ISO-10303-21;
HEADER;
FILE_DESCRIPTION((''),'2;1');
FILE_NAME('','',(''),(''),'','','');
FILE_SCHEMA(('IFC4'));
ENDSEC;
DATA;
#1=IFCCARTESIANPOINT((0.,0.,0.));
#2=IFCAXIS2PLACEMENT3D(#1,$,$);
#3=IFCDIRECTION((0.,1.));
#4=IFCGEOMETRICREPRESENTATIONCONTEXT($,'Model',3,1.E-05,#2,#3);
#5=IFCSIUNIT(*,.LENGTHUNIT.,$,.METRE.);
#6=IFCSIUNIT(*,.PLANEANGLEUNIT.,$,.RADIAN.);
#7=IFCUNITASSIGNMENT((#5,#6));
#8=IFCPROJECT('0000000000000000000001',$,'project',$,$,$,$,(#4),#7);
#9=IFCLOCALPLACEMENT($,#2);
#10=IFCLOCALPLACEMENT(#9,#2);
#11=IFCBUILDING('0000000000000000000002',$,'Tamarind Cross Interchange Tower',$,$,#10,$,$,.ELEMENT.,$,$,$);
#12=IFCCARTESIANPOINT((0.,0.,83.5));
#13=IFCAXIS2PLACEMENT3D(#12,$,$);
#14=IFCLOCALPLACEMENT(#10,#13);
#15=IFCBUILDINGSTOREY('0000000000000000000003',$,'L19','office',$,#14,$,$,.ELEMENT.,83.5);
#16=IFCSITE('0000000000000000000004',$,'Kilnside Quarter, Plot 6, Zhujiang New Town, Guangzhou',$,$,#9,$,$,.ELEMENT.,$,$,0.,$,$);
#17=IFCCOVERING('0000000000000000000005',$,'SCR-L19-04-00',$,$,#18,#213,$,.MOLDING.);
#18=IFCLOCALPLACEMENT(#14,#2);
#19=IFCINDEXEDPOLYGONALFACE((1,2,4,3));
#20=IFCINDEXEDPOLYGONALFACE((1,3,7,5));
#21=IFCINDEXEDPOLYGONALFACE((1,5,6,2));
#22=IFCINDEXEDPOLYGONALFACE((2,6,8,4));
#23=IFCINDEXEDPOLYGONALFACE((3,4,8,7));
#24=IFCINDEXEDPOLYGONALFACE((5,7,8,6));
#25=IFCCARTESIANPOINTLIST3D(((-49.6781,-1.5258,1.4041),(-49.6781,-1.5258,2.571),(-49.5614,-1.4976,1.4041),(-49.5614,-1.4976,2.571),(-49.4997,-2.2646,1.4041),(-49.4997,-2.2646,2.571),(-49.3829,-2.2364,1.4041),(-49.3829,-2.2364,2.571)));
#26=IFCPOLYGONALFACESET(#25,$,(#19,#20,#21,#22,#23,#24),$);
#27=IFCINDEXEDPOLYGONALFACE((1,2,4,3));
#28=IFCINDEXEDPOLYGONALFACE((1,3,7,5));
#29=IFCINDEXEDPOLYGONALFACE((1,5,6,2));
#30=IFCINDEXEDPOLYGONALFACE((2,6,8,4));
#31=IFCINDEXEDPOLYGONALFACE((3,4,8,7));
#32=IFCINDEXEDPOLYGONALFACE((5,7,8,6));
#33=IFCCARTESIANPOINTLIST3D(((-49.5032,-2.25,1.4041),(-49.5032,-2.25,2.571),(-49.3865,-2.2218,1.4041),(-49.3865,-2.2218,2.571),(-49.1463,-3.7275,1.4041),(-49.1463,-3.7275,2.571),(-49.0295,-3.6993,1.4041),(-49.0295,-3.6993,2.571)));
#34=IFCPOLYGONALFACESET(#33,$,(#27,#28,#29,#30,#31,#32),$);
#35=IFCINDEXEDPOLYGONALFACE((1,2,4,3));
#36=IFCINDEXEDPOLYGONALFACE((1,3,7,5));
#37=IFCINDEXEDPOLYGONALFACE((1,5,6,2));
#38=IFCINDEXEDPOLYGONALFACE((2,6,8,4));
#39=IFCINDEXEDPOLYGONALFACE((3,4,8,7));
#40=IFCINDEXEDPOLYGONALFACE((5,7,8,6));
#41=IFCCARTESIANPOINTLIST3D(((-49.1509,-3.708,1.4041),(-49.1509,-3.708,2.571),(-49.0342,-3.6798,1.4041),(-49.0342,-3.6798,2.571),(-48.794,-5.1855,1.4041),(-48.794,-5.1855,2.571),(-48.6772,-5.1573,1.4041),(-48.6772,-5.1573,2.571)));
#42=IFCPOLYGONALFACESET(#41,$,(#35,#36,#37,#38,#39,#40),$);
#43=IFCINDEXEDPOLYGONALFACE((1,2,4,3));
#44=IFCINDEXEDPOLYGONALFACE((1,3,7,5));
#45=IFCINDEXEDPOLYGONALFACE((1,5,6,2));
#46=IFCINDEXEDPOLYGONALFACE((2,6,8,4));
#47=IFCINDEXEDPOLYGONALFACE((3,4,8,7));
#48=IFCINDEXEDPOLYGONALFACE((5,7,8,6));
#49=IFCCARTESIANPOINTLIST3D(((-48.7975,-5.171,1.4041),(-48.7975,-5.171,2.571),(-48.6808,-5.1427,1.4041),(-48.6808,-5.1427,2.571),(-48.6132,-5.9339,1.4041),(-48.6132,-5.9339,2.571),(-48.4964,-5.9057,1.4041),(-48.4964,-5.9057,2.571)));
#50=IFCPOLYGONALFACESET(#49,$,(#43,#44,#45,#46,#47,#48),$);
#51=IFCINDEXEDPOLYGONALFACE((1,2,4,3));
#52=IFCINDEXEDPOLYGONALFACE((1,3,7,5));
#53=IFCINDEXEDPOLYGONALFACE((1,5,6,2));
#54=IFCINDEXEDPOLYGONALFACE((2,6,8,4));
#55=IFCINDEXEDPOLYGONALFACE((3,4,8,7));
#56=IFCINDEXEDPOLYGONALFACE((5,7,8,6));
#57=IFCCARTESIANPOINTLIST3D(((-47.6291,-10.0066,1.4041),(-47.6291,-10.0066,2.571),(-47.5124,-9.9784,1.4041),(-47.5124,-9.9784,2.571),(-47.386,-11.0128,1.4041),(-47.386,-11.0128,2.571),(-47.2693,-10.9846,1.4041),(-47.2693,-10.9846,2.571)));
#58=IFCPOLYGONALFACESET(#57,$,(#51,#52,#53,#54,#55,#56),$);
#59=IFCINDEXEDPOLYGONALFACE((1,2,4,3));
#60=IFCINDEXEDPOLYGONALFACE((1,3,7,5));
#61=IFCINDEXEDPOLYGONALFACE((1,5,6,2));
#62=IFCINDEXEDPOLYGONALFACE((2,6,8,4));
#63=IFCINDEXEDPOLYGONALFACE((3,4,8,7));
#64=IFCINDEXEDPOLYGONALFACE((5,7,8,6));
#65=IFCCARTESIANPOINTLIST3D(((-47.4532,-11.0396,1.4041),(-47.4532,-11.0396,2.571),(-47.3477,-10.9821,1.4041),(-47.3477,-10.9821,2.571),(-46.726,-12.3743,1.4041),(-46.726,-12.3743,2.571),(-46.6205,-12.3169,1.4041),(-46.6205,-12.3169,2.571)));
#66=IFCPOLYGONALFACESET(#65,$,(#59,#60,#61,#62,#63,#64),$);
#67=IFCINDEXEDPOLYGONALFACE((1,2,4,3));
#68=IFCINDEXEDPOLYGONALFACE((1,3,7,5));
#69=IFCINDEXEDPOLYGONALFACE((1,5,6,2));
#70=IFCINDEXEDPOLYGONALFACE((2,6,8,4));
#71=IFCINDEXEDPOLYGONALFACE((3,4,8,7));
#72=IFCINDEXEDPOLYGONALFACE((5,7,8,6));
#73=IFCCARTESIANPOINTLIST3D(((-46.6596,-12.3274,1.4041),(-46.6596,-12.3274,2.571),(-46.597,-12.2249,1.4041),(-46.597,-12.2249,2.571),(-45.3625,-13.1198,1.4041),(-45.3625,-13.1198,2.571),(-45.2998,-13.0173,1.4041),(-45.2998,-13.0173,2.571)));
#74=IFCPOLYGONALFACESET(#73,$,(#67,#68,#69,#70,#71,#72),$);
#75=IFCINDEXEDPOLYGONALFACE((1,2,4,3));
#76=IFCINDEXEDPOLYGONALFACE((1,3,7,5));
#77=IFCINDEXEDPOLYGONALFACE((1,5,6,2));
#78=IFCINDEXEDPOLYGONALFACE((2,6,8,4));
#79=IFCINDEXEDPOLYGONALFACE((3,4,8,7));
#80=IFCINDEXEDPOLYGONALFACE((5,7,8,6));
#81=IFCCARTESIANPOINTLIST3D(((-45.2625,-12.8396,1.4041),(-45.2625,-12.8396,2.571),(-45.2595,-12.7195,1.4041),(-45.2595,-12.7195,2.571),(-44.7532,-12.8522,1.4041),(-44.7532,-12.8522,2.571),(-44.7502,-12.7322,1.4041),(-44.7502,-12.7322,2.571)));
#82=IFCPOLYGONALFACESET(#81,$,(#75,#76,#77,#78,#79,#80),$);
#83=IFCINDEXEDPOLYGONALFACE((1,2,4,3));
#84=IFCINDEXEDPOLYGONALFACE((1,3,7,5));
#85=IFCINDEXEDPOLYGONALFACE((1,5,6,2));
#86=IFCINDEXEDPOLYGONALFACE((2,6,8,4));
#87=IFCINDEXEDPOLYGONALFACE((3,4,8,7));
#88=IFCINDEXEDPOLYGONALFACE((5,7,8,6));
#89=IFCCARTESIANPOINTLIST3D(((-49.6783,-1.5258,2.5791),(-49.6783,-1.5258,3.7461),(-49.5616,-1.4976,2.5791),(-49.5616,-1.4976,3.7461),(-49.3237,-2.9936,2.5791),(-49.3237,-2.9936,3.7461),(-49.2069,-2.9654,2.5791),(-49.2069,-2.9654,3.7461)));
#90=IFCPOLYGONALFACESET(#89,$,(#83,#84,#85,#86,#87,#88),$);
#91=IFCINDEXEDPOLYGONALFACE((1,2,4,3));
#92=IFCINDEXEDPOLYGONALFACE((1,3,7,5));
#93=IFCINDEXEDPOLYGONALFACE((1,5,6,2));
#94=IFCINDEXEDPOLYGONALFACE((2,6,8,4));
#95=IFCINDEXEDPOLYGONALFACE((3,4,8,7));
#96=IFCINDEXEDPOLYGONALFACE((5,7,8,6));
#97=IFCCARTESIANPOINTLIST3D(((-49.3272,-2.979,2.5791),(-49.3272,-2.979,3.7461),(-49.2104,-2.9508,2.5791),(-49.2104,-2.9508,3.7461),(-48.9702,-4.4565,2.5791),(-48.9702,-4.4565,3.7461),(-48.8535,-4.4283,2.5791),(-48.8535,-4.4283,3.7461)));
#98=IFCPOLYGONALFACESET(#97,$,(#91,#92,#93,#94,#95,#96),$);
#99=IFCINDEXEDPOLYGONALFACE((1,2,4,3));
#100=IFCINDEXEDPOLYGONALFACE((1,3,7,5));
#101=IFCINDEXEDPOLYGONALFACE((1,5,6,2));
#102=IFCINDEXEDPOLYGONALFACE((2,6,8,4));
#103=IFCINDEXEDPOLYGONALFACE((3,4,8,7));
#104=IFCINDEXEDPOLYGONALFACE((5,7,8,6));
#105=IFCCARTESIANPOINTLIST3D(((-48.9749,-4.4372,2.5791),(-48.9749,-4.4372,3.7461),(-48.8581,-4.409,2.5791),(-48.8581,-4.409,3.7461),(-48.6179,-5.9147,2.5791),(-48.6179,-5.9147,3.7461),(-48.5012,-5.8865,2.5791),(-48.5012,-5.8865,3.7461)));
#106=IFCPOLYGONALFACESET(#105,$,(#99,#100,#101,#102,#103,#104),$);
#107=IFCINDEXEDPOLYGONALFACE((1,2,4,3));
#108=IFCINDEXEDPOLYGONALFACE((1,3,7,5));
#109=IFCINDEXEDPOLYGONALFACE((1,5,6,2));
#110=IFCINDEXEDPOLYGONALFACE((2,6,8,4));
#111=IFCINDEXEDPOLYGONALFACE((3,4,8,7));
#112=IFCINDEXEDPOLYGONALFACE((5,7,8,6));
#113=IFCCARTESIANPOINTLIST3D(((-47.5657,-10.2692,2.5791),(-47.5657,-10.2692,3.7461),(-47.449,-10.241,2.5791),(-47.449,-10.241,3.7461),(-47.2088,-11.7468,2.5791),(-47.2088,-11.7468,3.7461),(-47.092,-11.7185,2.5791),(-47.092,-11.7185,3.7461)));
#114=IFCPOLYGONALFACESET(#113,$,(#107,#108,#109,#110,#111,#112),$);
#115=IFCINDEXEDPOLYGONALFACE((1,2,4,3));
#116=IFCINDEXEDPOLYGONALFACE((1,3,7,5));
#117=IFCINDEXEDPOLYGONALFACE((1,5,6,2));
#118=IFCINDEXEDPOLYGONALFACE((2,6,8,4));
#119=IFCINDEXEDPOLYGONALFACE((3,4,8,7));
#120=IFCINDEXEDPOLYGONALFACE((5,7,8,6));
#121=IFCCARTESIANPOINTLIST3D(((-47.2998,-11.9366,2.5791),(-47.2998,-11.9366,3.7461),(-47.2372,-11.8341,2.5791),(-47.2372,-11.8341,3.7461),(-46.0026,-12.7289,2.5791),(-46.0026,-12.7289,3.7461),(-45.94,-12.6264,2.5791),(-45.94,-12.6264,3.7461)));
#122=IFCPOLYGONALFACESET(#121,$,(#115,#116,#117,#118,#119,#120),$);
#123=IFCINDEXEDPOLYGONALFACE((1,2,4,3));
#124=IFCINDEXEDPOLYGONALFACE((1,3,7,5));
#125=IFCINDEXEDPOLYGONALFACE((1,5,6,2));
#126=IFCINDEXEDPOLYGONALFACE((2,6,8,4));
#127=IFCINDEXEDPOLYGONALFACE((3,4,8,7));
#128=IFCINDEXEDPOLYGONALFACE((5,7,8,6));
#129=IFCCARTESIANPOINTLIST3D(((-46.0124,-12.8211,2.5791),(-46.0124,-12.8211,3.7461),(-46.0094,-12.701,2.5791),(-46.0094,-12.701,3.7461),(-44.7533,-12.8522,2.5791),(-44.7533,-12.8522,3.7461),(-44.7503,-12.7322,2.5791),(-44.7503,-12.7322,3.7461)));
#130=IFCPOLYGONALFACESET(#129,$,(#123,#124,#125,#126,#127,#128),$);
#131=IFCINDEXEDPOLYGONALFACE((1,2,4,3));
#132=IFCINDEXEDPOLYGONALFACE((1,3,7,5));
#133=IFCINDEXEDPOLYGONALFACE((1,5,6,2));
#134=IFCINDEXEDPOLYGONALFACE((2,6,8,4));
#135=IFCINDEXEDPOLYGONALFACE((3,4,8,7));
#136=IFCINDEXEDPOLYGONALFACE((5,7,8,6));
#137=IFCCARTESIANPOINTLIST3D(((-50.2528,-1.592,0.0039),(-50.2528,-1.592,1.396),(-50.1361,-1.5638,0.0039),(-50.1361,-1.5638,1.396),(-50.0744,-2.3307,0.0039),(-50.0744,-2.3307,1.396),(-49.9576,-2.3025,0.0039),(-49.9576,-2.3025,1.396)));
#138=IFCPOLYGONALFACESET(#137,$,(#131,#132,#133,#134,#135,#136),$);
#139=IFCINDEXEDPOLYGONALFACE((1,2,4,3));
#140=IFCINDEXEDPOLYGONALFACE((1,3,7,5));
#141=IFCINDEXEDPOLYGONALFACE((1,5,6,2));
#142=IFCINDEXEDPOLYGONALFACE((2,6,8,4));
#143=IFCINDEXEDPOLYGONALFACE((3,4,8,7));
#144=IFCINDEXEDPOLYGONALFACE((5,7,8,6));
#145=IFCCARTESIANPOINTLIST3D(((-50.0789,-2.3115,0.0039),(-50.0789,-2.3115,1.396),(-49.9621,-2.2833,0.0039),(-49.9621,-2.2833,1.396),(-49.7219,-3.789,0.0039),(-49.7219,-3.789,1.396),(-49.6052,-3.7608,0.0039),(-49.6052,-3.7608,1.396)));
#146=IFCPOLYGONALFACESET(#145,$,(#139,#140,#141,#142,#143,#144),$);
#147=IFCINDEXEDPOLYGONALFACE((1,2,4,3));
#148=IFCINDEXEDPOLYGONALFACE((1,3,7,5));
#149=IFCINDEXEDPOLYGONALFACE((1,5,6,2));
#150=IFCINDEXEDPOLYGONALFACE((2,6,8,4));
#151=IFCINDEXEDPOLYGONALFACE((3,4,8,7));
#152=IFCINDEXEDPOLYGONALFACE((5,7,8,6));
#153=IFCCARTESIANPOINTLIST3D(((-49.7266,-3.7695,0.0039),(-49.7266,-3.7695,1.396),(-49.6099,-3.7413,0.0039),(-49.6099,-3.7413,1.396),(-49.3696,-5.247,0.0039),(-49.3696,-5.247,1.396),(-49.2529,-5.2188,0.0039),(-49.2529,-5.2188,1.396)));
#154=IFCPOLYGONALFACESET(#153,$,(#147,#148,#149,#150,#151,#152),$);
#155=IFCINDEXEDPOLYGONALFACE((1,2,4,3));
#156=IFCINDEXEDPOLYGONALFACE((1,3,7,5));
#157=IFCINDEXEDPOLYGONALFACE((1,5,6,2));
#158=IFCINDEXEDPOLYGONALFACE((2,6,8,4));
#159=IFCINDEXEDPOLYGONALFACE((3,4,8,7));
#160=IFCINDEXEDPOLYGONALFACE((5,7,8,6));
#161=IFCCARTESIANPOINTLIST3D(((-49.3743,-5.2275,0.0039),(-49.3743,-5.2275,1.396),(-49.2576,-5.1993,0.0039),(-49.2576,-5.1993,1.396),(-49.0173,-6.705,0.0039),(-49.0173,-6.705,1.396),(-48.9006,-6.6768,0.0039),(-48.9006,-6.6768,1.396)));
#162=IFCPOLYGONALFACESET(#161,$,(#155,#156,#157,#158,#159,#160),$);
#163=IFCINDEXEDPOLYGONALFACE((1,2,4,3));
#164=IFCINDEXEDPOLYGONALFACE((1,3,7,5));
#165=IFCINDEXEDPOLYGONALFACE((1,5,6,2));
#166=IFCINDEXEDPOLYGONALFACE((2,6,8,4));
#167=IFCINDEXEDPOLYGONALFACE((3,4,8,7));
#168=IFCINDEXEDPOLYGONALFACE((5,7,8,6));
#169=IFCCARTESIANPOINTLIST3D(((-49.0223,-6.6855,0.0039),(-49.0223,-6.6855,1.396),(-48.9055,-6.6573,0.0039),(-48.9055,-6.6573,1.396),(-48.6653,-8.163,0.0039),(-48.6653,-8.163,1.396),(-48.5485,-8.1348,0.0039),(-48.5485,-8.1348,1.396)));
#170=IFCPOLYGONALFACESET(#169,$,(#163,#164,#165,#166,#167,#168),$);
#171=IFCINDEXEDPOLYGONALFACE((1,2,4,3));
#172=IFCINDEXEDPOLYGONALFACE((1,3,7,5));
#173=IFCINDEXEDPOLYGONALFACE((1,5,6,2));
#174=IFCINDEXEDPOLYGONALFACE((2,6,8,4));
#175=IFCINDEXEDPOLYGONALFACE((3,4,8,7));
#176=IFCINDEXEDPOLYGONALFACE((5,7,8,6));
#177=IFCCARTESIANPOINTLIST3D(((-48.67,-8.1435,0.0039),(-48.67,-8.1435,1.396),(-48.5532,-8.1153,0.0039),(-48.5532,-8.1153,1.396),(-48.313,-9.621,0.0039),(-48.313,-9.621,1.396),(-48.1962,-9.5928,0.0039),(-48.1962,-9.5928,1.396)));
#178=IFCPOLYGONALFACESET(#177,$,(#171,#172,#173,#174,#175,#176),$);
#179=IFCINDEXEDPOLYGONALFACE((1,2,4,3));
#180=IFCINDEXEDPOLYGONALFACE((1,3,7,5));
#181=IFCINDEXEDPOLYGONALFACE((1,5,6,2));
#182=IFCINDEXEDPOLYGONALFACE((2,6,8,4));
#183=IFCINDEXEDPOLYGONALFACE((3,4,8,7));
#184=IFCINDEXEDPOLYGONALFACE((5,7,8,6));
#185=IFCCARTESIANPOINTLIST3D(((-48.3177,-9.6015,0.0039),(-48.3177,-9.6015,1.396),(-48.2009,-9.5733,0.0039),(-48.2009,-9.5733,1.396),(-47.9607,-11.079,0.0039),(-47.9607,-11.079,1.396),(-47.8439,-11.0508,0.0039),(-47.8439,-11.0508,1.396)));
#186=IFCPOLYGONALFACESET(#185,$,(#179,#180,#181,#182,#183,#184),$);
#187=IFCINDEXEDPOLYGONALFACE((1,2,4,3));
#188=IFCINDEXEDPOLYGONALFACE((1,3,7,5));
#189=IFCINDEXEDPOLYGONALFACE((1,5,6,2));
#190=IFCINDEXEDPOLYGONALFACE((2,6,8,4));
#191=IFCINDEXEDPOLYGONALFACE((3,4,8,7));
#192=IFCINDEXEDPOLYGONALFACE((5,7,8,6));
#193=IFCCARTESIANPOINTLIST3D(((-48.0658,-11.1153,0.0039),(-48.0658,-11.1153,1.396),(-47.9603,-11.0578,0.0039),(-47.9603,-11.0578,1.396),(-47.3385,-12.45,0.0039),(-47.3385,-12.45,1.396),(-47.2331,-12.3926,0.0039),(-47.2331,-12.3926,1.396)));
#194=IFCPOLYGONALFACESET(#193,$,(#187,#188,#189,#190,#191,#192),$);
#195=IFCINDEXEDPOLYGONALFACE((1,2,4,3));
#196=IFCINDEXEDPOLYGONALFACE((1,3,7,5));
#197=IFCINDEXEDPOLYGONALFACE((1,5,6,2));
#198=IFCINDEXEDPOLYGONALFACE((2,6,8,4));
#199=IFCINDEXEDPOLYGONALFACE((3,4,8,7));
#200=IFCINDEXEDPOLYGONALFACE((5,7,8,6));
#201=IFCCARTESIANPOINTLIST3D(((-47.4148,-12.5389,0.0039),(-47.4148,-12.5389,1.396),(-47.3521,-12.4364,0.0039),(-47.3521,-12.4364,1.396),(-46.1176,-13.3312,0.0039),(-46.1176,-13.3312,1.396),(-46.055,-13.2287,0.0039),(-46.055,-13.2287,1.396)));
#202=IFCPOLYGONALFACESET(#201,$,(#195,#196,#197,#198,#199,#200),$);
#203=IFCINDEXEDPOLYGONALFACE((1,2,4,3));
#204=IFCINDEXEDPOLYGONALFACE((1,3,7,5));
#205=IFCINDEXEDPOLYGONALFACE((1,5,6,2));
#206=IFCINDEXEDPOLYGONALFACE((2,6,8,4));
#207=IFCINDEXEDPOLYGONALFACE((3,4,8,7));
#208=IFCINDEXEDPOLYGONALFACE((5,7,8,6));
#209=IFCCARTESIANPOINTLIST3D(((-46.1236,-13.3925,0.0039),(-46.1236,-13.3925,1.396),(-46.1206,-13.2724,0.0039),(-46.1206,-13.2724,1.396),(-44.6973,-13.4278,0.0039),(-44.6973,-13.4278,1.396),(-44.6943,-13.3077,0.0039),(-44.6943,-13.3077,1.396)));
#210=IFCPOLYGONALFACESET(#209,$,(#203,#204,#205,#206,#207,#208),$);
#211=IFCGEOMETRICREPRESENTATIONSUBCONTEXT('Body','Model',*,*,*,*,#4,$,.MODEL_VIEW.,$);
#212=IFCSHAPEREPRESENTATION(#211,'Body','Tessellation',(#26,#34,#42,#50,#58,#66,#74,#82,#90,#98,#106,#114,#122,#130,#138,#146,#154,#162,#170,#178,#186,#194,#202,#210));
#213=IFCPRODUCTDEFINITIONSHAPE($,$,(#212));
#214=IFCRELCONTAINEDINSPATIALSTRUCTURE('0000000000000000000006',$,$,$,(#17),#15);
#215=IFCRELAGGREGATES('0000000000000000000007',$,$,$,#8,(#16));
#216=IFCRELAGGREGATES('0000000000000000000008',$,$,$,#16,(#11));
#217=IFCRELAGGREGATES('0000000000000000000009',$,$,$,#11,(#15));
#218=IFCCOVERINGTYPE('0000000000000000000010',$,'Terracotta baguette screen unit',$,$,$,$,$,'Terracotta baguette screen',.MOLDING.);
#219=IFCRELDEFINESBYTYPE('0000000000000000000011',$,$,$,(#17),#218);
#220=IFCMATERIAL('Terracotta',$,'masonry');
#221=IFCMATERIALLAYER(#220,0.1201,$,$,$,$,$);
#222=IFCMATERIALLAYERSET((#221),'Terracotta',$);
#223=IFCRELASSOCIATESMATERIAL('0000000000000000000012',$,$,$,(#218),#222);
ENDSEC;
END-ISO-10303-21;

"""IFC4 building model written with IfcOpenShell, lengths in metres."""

from ifc_helpers import new_model, si_unit, direction, frame, origin, origin_2d, place, context, subcontext, project, spatial, rectangle, extrude, material, layer, layer_set, type_object, element, save


model = new_model("IFC4")

# Units and contexts
model_context = context("Model", 3, precision=1e-05, world=origin(), true_north=direction((0.0, 1.0)))
body_context = subcontext(model_context, "Body", "Model", "MODEL_VIEW")
ifc_project = project(units=[si_unit("LENGTHUNIT", "METRE"), si_unit("PLANEANGLEUNIT", "RADIAN")], contexts=[model_context])

# Site, building, storey
site_placement = place(None, origin())
site = spatial("IfcSite", under=ifc_project, at=site_placement, Name="Kilnside Quarter, Plot 6, Zhujiang New Town, Guangzhou", CompositionType="ELEMENT", RefElevation=0.0)
building_placement = place(site_placement, origin())
building = spatial("IfcBuilding", under=site, at=building_placement, Name="Tamarind Cross Interchange Tower", CompositionType="ELEMENT")
storey_placement = place(building_placement, frame((0.0, 0.0, 83.5)))
storey = spatial("IfcBuildingStorey", under=building, at=storey_placement, Name="L19", Description="office", CompositionType="ELEMENT", Elevation=83.5)

# Covering
ifc_material_1 = material(Name="Terracotta", Category="masonry")
ifc_layer_1 = layer(ifc_material_1, 0.1201)
ifc_layer_set_1 = layer_set([ifc_layer_1], Name="Terracotta")
covering_type = type_object("IfcCoveringType", Name="Terracotta baguette screen unit", ElementType="Terracotta baguette screen", PredefinedType="MOLDING", material=ifc_layer_set_1)
covering_1_placement = place(storey_placement, origin())
element("IfcCovering", 1, at=covering_1_placement, inside=storey, type_object=covering_type, Name="SCR-L19-04-00", PredefinedType="MOLDING", context=body_context, shape_type="SweptSolid", body=[
    extrude(rectangle(XDim=0.76, YDim=0.1201, at=origin_2d()), frame((-49.5305, -1.8811, 1.4041), z_axis=(0.0, 0.0, 1.0), x_axis=(0.234844, -0.972033, 0.0)), (0.0, 0.0, 1.0), 1.167),
    extrude(rectangle(XDim=1.52, YDim=0.1201, at=origin_2d()), frame((-49.2664, -2.9746, 1.4041), z_axis=(0.0, 0.0, 1.0), x_axis=(0.234844, -0.972033, 0.0)), (0.0, 0.0, 1.0), 1.167),
    extrude(rectangle(XDim=1.52, YDim=0.1201, at=origin_2d()), frame((-48.9141, -4.4326, 1.4041), z_axis=(0.0, 0.0, 1.0), x_axis=(0.234844, -0.972033, 0.0)), (0.0, 0.0, 1.0), 1.167),
    extrude(rectangle(XDim=0.7849, YDim=0.1201, at=origin_2d()), frame((-48.647, -5.5383, 1.4041), z_axis=(0.0, 0.0, 1.0), x_axis=(0.234844, -0.972033, 0.0)), (0.0, 0.0, 1.0), 1.167),
    extrude(rectangle(XDim=1.0352, YDim=0.1201, at=origin_2d()), frame((-47.4492, -10.4956, 1.4041), z_axis=(0.0, 0.0, 1.0), x_axis=(0.234844, -0.972033, 0.0)), (0.0, 0.0, 1.0), 1.167),
    extrude(rectangle(XDim=1.52, YDim=0.1201, at=origin_2d()), frame((-47.0369, -11.6782, 1.4041), z_axis=(0.0, 0.0, 1.0), x_axis=(0.478422, -0.87813, 0.0)), (0.0, 0.0, 1.0), 1.167),
    extrude(rectangle(XDim=1.52, YDim=0.1201, at=origin_2d()), frame((-45.9797, -12.6724, 1.4041), z_axis=(0.0, 0.0, 1.0), x_axis=(0.853391, -0.521272, 0.0)), (0.0, 0.0, 1.0), 1.167),
    extrude(rectangle(XDim=0.5095, YDim=0.1201, at=origin_2d()), frame((-45.0063, -12.7859, 1.4041), z_axis=(0.0, 0.0, 1.0), x_axis=(0.999694, -0.024739, 0.0)), (0.0, 0.0, 1.0), 1.167),
    extrude(rectangle(XDim=1.51, YDim=0.1201, at=origin_2d()), frame((-49.4426, -2.2456, 2.5791), z_axis=(0.0, 0.0, 1.0), x_axis=(0.234844, -0.972033, 0.0)), (0.0, 0.0, 1.0), 1.167),
    extrude(rectangle(XDim=1.52, YDim=0.1201, at=origin_2d()), frame((-49.0903, -3.7036, 2.5791), z_axis=(0.0, 0.0, 1.0), x_axis=(0.234844, -0.972033, 0.0)), (0.0, 0.0, 1.0), 1.167),
    extrude(rectangle(XDim=1.52, YDim=0.1201, at=origin_2d()), frame((-48.738, -5.1619, 2.5791), z_axis=(0.0, 0.0, 1.0), x_axis=(0.234844, -0.972033, 0.0)), (0.0, 0.0, 1.0), 1.167),
    extrude(rectangle(XDim=1.52, YDim=0.1201, at=origin_2d()), frame((-47.3289, -10.9939, 2.5791), z_axis=(0.0, 0.0, 1.0), x_axis=(0.234844, -0.972033, 0.0)), (0.0, 0.0, 1.0), 1.167),
    extrude(rectangle(XDim=1.52, YDim=0.1201, at=origin_2d()), frame((-46.6199, -12.2815, 2.5791), z_axis=(0.0, 0.0, 1.0), x_axis=(0.853391, -0.521272, 0.0)), (0.0, 0.0, 1.0), 1.167),
    extrude(rectangle(XDim=1.2595, YDim=0.1201, at=origin_2d()), frame((-45.3813, -12.7766, 2.5791), z_axis=(0.0, 0.0, 1.0), x_axis=(0.999694, -0.024739, 0.0)), (0.0, 0.0, 1.0), 1.167),
    extrude(rectangle(XDim=0.76, YDim=0.1201, at=origin_2d()), frame((-50.1052, -1.9473, 0.0039), z_axis=(0.0, 0.0, 1.0), x_axis=(0.234844, -0.972033, 0.0)), (0.0, 0.0, 1.0), 1.3921),
    extrude(rectangle(XDim=1.52, YDim=0.1201, at=origin_2d()), frame((-49.842, -3.0361, 0.0039), z_axis=(0.0, 0.0, 1.0), x_axis=(0.234844, -0.972033, 0.0)), (0.0, 0.0, 1.0), 1.3921),
    extrude(rectangle(XDim=1.52, YDim=0.1201, at=origin_2d()), frame((-49.4897, -4.4941, 0.0039), z_axis=(0.0, 0.0, 1.0), x_axis=(0.234844, -0.972033, 0.0)), (0.0, 0.0, 1.0), 1.3921),
    extrude(rectangle(XDim=1.52, YDim=0.1201, at=origin_2d()), frame((-49.1375, -5.9521, 0.0039), z_axis=(0.0, 0.0, 1.0), x_axis=(0.234844, -0.972033, 0.0)), (0.0, 0.0, 1.0), 1.3921),
    extrude(rectangle(XDim=1.52, YDim=0.1201, at=origin_2d()), frame((-48.7854, -7.4102, 0.0039), z_axis=(0.0, 0.0, 1.0), x_axis=(0.234844, -0.972033, 0.0)), (0.0, 0.0, 1.0), 1.3921),
    extrude(rectangle(XDim=1.52, YDim=0.1201, at=origin_2d()), frame((-48.4331, -8.8682, 0.0039), z_axis=(0.0, 0.0, 1.0), x_axis=(0.234844, -0.972033, 0.0)), (0.0, 0.0, 1.0), 1.3921),
    extrude(rectangle(XDim=1.52, YDim=0.1201, at=origin_2d()), frame((-48.0808, -10.3262, 0.0039), z_axis=(0.0, 0.0, 1.0), x_axis=(0.234844, -0.972033, 0.0)), (0.0, 0.0, 1.0), 1.3921),
    extrude(rectangle(XDim=1.52, YDim=0.1201, at=origin_2d()), frame((-47.6494, -11.7539, 0.0039), z_axis=(0.0, 0.0, 1.0), x_axis=(0.478422, -0.87813, 0.0)), (0.0, 0.0, 1.0), 1.3921),
    extrude(rectangle(XDim=1.52, YDim=0.1201, at=origin_2d()), frame((-46.7349, -12.8838, 0.0039), z_axis=(0.0, 0.0, 1.0), x_axis=(0.853391, -0.521272, 0.0)), (0.0, 0.0, 1.0), 1.3921),
    extrude(rectangle(XDim=1.4268, YDim=0.1201, at=origin_2d()), frame((-45.4089, -13.3501, 0.0039), z_axis=(0.0, 0.0, 1.0), x_axis=(0.999694, -0.024739, 0.0)), (0.0, 0.0, 1.0), 1.3921),
])

save(model, "model.ifc")
